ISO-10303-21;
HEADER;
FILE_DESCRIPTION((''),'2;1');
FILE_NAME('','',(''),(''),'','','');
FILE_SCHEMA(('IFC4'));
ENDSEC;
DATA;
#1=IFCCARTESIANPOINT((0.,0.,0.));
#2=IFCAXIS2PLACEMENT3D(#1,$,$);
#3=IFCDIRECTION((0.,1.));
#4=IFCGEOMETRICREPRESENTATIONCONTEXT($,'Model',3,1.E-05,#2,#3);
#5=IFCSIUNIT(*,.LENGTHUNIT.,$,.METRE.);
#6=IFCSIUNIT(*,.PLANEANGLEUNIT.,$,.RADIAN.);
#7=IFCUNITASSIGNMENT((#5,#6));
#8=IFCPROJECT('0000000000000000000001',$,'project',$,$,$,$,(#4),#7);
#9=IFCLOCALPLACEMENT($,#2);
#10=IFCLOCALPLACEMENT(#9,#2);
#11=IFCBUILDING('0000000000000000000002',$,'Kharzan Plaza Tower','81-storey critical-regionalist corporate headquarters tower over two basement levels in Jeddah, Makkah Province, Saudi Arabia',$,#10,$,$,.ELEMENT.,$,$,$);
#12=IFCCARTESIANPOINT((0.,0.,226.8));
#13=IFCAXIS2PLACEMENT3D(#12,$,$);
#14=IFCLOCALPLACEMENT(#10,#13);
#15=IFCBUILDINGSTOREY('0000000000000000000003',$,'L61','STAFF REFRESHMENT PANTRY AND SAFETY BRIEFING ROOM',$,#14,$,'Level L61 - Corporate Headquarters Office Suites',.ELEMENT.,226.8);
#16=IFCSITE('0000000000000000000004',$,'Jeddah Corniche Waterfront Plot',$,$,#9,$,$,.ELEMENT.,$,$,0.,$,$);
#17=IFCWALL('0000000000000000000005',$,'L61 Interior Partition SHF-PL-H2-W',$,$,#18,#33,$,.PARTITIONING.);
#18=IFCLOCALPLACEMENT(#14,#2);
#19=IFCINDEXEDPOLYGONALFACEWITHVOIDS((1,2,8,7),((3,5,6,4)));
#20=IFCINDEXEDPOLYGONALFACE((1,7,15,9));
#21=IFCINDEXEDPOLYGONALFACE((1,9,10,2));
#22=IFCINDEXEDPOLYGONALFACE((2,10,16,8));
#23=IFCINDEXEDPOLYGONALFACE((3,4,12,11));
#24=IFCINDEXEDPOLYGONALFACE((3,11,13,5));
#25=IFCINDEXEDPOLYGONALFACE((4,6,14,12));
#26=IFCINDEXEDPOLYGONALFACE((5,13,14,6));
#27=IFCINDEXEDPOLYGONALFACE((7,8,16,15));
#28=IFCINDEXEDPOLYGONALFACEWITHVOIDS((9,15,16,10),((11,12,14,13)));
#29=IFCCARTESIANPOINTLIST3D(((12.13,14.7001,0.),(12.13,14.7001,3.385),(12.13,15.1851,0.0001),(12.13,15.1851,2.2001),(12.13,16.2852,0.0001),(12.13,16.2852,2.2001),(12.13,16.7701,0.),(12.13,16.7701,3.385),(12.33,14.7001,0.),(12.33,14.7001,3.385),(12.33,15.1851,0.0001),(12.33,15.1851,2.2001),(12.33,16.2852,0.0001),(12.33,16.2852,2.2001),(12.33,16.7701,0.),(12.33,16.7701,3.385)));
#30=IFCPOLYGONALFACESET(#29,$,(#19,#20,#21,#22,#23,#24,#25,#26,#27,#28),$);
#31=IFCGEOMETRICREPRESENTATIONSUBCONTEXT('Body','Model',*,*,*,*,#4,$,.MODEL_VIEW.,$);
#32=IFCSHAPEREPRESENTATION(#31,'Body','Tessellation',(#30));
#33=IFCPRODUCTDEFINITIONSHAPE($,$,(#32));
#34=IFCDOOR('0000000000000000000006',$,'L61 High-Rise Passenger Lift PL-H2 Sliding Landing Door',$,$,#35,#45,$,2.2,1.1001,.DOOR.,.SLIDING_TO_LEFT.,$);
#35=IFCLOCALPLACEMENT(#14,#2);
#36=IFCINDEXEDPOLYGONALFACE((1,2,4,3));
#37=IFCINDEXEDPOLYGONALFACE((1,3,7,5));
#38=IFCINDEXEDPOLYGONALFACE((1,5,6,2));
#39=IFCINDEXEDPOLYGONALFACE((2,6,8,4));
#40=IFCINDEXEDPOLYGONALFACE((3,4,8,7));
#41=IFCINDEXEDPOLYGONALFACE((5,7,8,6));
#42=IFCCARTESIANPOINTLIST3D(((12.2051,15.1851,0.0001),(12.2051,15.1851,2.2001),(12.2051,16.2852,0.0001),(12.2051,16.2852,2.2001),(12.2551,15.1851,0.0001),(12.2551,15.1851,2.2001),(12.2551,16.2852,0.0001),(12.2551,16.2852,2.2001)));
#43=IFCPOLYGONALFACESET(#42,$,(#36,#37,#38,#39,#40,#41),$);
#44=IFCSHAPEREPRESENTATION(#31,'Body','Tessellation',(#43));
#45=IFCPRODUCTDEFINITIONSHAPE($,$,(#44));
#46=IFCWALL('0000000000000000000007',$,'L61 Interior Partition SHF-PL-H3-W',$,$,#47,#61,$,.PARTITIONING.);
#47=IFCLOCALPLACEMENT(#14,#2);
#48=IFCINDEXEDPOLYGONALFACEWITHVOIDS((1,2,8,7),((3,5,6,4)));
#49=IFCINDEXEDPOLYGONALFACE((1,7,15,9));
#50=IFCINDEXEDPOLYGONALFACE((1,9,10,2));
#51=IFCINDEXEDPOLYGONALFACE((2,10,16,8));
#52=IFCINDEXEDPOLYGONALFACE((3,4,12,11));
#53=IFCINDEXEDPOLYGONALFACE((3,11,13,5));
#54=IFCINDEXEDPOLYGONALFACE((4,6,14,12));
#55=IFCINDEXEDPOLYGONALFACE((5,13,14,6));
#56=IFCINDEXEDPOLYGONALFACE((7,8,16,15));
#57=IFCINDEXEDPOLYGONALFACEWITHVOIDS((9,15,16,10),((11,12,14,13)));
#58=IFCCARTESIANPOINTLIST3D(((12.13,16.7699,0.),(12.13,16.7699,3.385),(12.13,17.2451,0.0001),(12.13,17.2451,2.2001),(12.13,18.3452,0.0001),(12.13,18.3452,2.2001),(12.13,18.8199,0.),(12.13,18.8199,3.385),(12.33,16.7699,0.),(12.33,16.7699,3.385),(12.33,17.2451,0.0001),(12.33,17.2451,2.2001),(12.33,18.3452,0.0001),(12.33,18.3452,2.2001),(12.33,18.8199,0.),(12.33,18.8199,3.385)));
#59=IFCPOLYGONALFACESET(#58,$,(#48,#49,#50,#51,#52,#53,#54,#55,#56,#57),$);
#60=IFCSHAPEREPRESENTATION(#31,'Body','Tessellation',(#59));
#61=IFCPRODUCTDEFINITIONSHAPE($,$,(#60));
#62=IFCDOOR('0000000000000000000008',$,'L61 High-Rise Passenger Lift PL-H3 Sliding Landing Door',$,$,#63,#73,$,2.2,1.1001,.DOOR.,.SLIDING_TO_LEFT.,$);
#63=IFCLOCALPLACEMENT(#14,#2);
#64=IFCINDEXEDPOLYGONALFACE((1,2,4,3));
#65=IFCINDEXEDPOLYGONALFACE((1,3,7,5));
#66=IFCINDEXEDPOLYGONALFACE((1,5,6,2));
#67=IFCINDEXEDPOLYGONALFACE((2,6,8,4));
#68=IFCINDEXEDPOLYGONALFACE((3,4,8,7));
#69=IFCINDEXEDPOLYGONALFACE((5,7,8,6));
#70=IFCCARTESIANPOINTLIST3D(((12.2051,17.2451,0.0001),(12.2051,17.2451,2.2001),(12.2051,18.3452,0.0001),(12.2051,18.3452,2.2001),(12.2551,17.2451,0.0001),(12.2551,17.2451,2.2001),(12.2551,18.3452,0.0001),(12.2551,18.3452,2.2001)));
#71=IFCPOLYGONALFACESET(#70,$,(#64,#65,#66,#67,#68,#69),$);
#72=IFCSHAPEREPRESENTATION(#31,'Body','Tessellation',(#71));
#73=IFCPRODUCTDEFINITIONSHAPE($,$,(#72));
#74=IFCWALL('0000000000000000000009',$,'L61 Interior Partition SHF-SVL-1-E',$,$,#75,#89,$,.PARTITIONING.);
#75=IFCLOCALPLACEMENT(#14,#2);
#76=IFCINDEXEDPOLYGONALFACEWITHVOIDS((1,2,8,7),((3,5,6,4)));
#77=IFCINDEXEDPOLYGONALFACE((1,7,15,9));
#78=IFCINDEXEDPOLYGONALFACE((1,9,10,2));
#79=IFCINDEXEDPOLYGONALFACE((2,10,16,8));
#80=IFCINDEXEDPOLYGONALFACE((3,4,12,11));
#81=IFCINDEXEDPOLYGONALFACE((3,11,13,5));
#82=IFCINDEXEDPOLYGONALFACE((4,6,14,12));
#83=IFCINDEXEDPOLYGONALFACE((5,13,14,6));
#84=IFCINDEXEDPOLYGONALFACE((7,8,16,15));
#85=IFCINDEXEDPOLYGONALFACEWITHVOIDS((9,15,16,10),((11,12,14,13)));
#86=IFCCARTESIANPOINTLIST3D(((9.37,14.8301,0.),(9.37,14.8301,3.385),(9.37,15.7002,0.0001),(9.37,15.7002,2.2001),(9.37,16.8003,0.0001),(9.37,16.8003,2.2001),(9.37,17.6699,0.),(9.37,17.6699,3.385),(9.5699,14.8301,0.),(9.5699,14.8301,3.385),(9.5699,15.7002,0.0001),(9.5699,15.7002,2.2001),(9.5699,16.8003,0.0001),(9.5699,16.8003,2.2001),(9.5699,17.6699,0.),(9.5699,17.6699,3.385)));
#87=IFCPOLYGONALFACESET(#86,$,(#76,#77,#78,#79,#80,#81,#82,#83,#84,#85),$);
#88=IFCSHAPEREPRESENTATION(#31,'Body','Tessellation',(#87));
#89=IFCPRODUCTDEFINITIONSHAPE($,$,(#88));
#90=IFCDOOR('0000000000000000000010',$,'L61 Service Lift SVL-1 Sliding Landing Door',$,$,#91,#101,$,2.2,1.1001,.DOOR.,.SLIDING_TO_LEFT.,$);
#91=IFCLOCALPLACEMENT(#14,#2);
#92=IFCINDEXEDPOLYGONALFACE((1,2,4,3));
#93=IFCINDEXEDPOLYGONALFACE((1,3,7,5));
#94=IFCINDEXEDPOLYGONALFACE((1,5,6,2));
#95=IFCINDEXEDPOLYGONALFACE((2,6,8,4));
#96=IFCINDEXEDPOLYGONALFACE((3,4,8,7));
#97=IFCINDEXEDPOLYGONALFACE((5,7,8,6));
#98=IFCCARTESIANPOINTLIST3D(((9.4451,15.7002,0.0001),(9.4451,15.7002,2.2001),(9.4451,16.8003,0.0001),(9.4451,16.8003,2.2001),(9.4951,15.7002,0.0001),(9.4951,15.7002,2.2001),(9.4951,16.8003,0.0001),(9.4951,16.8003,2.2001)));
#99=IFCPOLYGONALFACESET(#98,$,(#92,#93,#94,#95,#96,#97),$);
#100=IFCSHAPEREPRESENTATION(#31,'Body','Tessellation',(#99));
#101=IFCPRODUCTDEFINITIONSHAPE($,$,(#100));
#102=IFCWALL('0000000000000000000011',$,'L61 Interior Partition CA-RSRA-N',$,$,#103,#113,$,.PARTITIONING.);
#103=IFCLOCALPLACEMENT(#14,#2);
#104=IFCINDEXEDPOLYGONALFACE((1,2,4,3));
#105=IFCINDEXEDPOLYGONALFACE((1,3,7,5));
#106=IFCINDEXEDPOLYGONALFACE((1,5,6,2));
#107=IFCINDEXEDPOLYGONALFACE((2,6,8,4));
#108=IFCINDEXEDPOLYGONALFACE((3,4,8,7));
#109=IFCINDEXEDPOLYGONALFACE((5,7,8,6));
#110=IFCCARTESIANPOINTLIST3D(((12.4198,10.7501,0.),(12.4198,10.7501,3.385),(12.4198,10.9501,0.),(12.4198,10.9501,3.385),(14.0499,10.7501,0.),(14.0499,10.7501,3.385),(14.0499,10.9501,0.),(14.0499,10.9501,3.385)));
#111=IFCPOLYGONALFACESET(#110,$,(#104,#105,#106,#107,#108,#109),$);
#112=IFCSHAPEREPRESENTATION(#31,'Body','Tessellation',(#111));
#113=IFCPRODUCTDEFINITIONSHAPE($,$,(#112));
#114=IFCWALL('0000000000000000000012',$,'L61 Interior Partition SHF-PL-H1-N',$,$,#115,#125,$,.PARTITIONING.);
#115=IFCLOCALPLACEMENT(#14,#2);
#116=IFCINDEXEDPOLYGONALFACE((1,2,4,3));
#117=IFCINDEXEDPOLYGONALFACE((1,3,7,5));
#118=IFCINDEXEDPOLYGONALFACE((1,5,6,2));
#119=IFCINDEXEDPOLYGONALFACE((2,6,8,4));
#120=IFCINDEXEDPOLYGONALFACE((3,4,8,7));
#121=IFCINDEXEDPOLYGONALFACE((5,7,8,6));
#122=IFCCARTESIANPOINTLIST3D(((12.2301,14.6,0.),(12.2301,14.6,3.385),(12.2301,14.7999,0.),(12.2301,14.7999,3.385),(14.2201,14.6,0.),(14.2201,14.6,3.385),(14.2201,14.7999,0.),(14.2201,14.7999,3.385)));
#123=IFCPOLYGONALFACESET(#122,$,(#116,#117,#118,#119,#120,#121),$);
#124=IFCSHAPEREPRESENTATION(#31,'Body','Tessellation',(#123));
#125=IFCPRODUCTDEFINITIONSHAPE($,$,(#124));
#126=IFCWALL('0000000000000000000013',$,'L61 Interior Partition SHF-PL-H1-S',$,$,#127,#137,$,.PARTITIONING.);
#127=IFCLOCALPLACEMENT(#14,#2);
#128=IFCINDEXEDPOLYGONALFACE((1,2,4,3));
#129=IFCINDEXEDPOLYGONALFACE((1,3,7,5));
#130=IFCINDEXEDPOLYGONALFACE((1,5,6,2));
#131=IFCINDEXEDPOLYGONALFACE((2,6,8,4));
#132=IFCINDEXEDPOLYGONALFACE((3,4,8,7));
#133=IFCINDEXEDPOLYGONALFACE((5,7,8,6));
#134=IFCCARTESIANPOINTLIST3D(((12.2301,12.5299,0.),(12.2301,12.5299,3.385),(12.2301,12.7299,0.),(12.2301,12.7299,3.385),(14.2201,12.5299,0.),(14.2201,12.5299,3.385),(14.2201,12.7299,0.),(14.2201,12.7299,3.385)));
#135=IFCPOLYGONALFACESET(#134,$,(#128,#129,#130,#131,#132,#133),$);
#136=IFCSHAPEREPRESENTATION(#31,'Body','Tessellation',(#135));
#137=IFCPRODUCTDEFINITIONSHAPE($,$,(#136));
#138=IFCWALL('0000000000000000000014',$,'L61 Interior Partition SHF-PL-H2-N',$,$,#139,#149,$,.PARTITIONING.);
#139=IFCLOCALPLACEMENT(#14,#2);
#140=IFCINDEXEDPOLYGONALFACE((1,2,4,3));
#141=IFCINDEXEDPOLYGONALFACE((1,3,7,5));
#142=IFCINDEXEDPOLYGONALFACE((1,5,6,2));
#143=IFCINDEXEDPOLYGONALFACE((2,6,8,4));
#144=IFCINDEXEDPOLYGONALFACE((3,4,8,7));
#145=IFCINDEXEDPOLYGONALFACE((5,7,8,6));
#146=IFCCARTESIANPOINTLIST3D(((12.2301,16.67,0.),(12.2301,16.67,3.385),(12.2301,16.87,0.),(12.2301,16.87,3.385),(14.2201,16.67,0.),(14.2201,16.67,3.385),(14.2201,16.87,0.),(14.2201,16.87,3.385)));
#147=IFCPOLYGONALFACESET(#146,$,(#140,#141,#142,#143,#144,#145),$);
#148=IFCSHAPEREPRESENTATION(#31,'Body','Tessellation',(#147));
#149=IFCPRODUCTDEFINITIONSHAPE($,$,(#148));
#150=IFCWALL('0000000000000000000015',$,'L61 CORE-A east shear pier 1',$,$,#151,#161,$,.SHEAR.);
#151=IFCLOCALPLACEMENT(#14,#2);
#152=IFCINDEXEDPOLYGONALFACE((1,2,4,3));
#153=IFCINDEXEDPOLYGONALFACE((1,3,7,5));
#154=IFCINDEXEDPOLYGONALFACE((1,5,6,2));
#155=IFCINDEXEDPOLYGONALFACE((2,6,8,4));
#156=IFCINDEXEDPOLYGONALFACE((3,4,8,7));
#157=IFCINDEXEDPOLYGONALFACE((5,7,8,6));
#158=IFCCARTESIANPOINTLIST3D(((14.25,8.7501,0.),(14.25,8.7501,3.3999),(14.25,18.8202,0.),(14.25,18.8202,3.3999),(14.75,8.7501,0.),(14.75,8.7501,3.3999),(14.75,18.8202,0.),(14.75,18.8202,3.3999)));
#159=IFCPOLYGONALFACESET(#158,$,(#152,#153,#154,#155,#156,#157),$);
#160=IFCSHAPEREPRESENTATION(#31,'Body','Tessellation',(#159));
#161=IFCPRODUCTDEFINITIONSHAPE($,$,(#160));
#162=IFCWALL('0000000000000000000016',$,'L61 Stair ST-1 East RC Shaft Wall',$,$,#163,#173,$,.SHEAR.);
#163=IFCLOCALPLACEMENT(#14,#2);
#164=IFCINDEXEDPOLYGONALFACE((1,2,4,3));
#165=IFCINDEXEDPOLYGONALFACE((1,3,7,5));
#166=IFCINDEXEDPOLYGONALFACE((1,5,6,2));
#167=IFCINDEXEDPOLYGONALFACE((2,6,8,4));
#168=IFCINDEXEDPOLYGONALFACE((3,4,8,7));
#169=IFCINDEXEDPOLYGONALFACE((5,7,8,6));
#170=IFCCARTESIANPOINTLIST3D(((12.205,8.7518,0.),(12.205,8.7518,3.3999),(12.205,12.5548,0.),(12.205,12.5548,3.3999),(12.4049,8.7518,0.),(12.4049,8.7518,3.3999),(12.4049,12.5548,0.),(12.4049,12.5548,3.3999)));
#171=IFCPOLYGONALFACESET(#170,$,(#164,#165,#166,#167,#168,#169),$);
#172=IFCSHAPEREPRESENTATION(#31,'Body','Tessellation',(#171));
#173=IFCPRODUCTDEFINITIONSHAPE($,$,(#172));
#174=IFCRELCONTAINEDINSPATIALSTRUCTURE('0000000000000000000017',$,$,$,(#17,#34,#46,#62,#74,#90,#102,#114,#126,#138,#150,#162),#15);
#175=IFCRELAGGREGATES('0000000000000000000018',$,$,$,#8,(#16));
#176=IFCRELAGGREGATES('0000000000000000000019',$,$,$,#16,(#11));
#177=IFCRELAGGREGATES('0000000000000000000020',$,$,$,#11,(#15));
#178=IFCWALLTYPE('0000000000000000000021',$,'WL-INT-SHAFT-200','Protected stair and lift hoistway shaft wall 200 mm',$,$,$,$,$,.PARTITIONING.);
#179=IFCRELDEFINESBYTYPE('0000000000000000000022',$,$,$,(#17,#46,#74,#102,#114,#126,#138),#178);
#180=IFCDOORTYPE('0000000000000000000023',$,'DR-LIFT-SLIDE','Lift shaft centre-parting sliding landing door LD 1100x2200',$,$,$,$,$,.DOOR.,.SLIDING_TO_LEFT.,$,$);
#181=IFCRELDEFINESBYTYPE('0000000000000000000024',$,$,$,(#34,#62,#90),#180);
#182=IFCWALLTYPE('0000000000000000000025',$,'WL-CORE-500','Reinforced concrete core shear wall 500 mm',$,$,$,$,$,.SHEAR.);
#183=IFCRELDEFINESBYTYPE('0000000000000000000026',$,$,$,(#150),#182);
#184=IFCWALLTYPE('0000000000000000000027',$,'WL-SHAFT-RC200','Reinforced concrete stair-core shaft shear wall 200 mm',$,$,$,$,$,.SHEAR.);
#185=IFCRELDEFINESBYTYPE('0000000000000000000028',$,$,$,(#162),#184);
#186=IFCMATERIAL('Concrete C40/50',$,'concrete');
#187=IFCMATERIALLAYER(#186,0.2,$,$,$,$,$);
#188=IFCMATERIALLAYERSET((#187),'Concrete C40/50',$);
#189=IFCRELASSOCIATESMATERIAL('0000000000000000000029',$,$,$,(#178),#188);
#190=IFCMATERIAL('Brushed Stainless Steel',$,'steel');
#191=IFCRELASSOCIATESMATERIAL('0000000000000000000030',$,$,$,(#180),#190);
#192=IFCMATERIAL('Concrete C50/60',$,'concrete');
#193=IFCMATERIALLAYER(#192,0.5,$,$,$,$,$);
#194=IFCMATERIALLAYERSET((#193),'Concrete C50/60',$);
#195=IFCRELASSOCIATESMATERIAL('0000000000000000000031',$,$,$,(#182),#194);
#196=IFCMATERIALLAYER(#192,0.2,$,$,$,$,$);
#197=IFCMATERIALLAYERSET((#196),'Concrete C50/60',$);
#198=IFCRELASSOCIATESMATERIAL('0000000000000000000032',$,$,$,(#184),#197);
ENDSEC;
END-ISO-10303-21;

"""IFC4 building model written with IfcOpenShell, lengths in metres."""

from ifc_helpers import new_model, si_unit, direction, frame, frame_2d, origin, place, context, subcontext, project, spatial, rectangle, extrude, source, transform, mapped, material, layer, layer_set, type_object, element, fill, save


model = new_model("IFC4")

# Units and contexts
model_context = context("Model", 3, precision=1e-05, world=origin(), true_north=direction((0.0, 1.0)))
body_context = subcontext(model_context, "Body", "Model", "MODEL_VIEW")
ifc_project = project(units=[si_unit("LENGTHUNIT", "METRE"), si_unit("PLANEANGLEUNIT", "RADIAN")], contexts=[model_context])

# Site, building, storey
site_placement = place(None, origin())
site = spatial("IfcSite", under=ifc_project, at=site_placement, Name="Jeddah Corniche Waterfront Plot", CompositionType="ELEMENT", RefElevation=0.0)
building_placement = place(site_placement, origin())
building = spatial("IfcBuilding", under=site, at=building_placement, Name="Kharzan Plaza Tower", Description="81-storey critical-regionalist corporate headquarters tower over two basement levels in Jeddah, Makkah Province, Saudi Arabia", CompositionType="ELEMENT")
storey_placement = place(building_placement, frame((0.0, 0.0, 226.8)))
storey = spatial("IfcBuildingStorey", under=building, at=storey_placement, Name="L61", Description="STAFF REFRESHMENT PANTRY AND SAFETY BRIEFING ROOM", LongName="Level L61 - Corporate Headquarters Office Suites", CompositionType="ELEMENT", Elevation=226.8)

# Walls, openings, doors
ifc_material_1 = material(Name="Concrete C40/50", Category="concrete")
ifc_layer_1 = layer(ifc_material_1, 0.2)
ifc_layer_set_1 = layer_set([ifc_layer_1], Name="Concrete C40/50")
wall_type_1 = type_object("IfcWallType", Name="WL-INT-SHAFT-200", Description="Protected stair and lift hoistway shaft wall 200 mm", PredefinedType="PARTITIONING", material=ifc_layer_set_1)
ifc_material_2 = material(Name="Brushed Stainless Steel", Category="steel")
door_type_1 = type_object("IfcDoorType", Name="DR-LIFT-SLIDE", Description="Lift shaft centre-parting sliding landing door LD 1100x2200", OperationType="SLIDING_TO_LEFT", PredefinedType="DOOR", material=ifc_material_2)
shared_shape_1 = source(origin(), body_context, "Body", "SweptSolid", [
    extrude(rectangle(XDim=1.1001, YDim=2.2, at=frame_2d((0.55, 1.1001))), frame((0.0, 0.0249, 0.0), z_axis=(0.0, -1.0, 0.0), x_axis=(1.0, 0.0, 0.0)), (0.0, 0.0, 1.0), 0.05),
])
wall_1_placement = place(storey_placement, frame((12.23, 14.7, 0.0), z_axis=(0.0, 0.0, 1.0), x_axis=(0.0, 1.0, 0.0)))
wall_1 = element("IfcWall", 1, at=wall_1_placement, inside=storey, type_object=wall_type_1, Name="L61 Interior Partition SHF-PL-H2-W", PredefinedType="PARTITIONING", context=body_context, shape_type="SweptSolid", body=[
    extrude(rectangle(XDim=2.0701, YDim=0.2, at=frame_2d((1.0352, 0.0))), origin(), (0.0, 0.0, 1.0), 3.385),
])
opening_1_placement = place(wall_1_placement, frame((0.4851, 0.0, 0.0)))
opening_1 = element("IfcOpeningElement", 2, at=opening_1_placement, cuts=wall_1, PredefinedType="OPENING", context=body_context, shape_type="SweptSolid", body=[
    extrude(rectangle(XDim=1.1001, YDim=2.2, at=frame_2d((0.55, 1.1001))), frame((0.0, 0.1099, 0.0), z_axis=(0.0, -1.0, 0.0), x_axis=(1.0, 0.0, 0.0)), (0.0, 0.0, 1.0), 0.22),
])
door_1_placement = place(opening_1_placement, origin())
door_1 = element("IfcDoor", 3, at=door_1_placement, inside=storey, type_object=door_type_1, Name="L61 High-Rise Passenger Lift PL-H2 Sliding Landing Door", OperationType="SLIDING_TO_LEFT", OverallHeight=2.2, OverallWidth=1.1001, PredefinedType="DOOR", context=body_context, shape_type="MappedRepresentation", body=[
    mapped(shared_shape_1, transform((0.0, 0.0, 0.0), x_axis=(1.0, 0.0, 0.0), y_axis=(0.0, 1.0, 0.0), z_axis=(0.0, 0.0, 1.0))),
])
fill(opening_1, door_1)
wall_2_placement = place(storey_placement, frame((12.23, 16.77, 0.0), z_axis=(0.0, 0.0, 1.0), x_axis=(0.0, 1.0, 0.0)))
wall_2 = element("IfcWall", 4, at=wall_2_placement, inside=storey, type_object=wall_type_1, Name="L61 Interior Partition SHF-PL-H3-W", PredefinedType="PARTITIONING", context=body_context, shape_type="SweptSolid", body=[
    extrude(rectangle(XDim=2.05, YDim=0.2, at=frame_2d((1.0249, 0.0))), origin(), (0.0, 0.0, 1.0), 3.385),
])
opening_2_placement = place(wall_2_placement, frame((0.4751, 0.0, 0.0)))
opening_2 = element("IfcOpeningElement", 5, at=opening_2_placement, cuts=wall_2, PredefinedType="OPENING", context=body_context, shape_type="SweptSolid", body=[
    extrude(rectangle(XDim=1.1001, YDim=2.2, at=frame_2d((0.55, 1.1001))), frame((0.0, 0.1099, 0.0), z_axis=(0.0, -1.0, 0.0), x_axis=(1.0, 0.0, 0.0)), (0.0, 0.0, 1.0), 0.22),
])
door_2_placement = place(opening_2_placement, origin())
door_2 = element("IfcDoor", 6, at=door_2_placement, inside=storey, type_object=door_type_1, Name="L61 High-Rise Passenger Lift PL-H3 Sliding Landing Door", OperationType="SLIDING_TO_LEFT", OverallHeight=2.2, OverallWidth=1.1001, PredefinedType="DOOR", context=body_context, shape_type="MappedRepresentation", body=[
    mapped(shared_shape_1, transform((0.0, 0.0, 0.0), x_axis=(1.0, 0.0, 0.0), y_axis=(0.0, 1.0, 0.0), z_axis=(0.0, 0.0, 1.0))),
])
fill(opening_2, door_2)
wall_3_placement = place(storey_placement, frame((9.47, 14.8301, 0.0), z_axis=(0.0, 0.0, 1.0), x_axis=(0.0, 1.0, 0.0)))
wall_3 = element("IfcWall", 7, at=wall_3_placement, inside=storey, type_object=wall_type_1, Name="L61 Interior Partition SHF-SVL-1-E", PredefinedType="PARTITIONING", context=body_context, shape_type="SweptSolid", body=[
    extrude(rectangle(XDim=2.8398, YDim=0.2, at=frame_2d((1.4199, 0.0))), origin(), (0.0, 0.0, 1.0), 3.385),
])
opening_3_placement = place(wall_3_placement, frame((0.8701, 0.0, 0.0)))
opening_3 = element("IfcOpeningElement", 8, at=opening_3_placement, cuts=wall_3, PredefinedType="OPENING", context=body_context, shape_type="SweptSolid", body=[
    extrude(rectangle(XDim=1.1001, YDim=2.2, at=frame_2d((0.55, 1.1001))), frame((0.0, 0.1099, 0.0), z_axis=(0.0, -1.0, 0.0), x_axis=(1.0, 0.0, 0.0)), (0.0, 0.0, 1.0), 0.22),
])
door_3_placement = place(opening_3_placement, origin())
door_3 = element("IfcDoor", 9, at=door_3_placement, inside=storey, type_object=door_type_1, Name="L61 Service Lift SVL-1 Sliding Landing Door", OperationType="SLIDING_TO_LEFT", OverallHeight=2.2, OverallWidth=1.1001, PredefinedType="DOOR", context=body_context, shape_type="MappedRepresentation", body=[
    mapped(shared_shape_1, transform((0.0, 0.0, 0.0), x_axis=(1.0, 0.0, 0.0), y_axis=(0.0, 1.0, 0.0), z_axis=(0.0, 0.0, 1.0))),
])
fill(opening_3, door_3)

# Walls
shared_shape_2 = source(origin(), body_context, "Body", "SweptSolid", [
    extrude(rectangle(XDim=1.6301, YDim=0.2, at=frame_2d((0.8149, 0.0))), origin(), (0.0, 0.0, 1.0), 3.385),
])
wall_4_placement = place(storey_placement, frame((12.4199, 10.8501, 0.0), z_axis=(0.0, 0.0, 1.0), x_axis=(1.0, 0.0, 0.0)))
element("IfcWall", 10, at=wall_4_placement, inside=storey, type_object=wall_type_1, Name="L61 Interior Partition CA-RSRA-N", PredefinedType="PARTITIONING", context=body_context, shape_type="MappedRepresentation", body=[
    mapped(shared_shape_2, transform((0.0, 0.0, 0.0), x_axis=(1.0, 0.0, 0.0), y_axis=(0.0, 1.0, 0.0), z_axis=(0.0, 0.0, 1.0))),
])
shared_shape_3 = source(origin(), body_context, "Body", "SweptSolid", [
    extrude(rectangle(XDim=1.99, YDim=0.2, at=frame_2d((0.9951, 0.0))), origin(), (0.0, 0.0, 1.0), 3.385),
])
for number, where, z_axis, x_axis, name in (
    (11, (12.23, 14.7, 0.0), (0.0, 0.0, 1.0), (1.0, 0.0, 0.0), "L61 Interior Partition SHF-PL-H1-N"),
    (12, (12.23, 12.6299, 0.0), (0.0, 0.0, 1.0), (1.0, 0.0, 0.0), "L61 Interior Partition SHF-PL-H1-S"),
    (13, (12.23, 16.77, 0.0), (0.0, 0.0, 1.0), (1.0, 0.0, 0.0), "L61 Interior Partition SHF-PL-H2-N"),
):
    element("IfcWall", number, at=place(storey_placement, frame(where, z_axis=z_axis, x_axis=x_axis)), inside=storey, type_object=wall_type_1, Name=name, PredefinedType="PARTITIONING", context=body_context, shape_type="MappedRepresentation", body=[
        mapped(shared_shape_3, transform((0.0, 0.0, 0.0), x_axis=(1.0, 0.0, 0.0), y_axis=(0.0, 1.0, 0.0), z_axis=(0.0, 0.0, 1.0))),
    ])
ifc_material_3 = material(Name="Concrete C50/60", Category="concrete")
ifc_layer_2 = layer(ifc_material_3, 0.5)
ifc_layer_set_2 = layer_set([ifc_layer_2], Name="Concrete C50/60")
wall_type_2 = type_object("IfcWallType", Name="WL-CORE-500", Description="Reinforced concrete core shear wall 500 mm", PredefinedType="SHEAR", material=ifc_layer_set_2)
shared_shape_4 = source(origin(), body_context, "Body", "SweptSolid", [
    extrude(rectangle(XDim=10.0701, YDim=0.5, at=frame_2d((5.0352, 0.0))), origin(), (0.0, 0.0, 1.0), 3.3999),
])
wall_5_placement = place(storey_placement, frame((14.5, 8.75, 0.0), z_axis=(0.0, 0.0, 1.0), x_axis=(0.0, 1.0, 0.0)))
element("IfcWall", 14, at=wall_5_placement, inside=storey, type_object=wall_type_2, Name="L61 CORE-A east shear pier 1", PredefinedType="SHEAR", context=body_context, shape_type="MappedRepresentation", body=[
    mapped(shared_shape_4, transform((0.0, 0.0, 0.0), x_axis=(1.0, 0.0, 0.0), y_axis=(0.0, 1.0, 0.0), z_axis=(0.0, 0.0, 1.0))),
])
ifc_layer_3 = layer(ifc_material_3, 0.2)
ifc_layer_set_3 = layer_set([ifc_layer_3], Name="Concrete C50/60")
wall_type_3 = type_object("IfcWallType", Name="WL-SHAFT-RC200", Description="Reinforced concrete stair-core shaft shear wall 200 mm", PredefinedType="SHEAR", material=ifc_layer_set_3)
shared_shape_5 = source(origin(), body_context, "Body", "SweptSolid", [
    extrude(rectangle(XDim=3.803, YDim=0.2, at=frame_2d((1.9014, 0.0))), origin(), (0.0, 0.0, 1.0), 3.3999),
])
wall_6_placement = place(storey_placement, frame((12.3049, 8.752, 0.0), z_axis=(0.0, 0.0, 1.0), x_axis=(0.0, 1.0, 0.0)))
element("IfcWall", 15, at=wall_6_placement, inside=storey, type_object=wall_type_3, Name="L61 Stair ST-1 East RC Shaft Wall", PredefinedType="SHEAR", context=body_context, shape_type="MappedRepresentation", body=[
    mapped(shared_shape_5, transform((0.0, 0.0, 0.0), x_axis=(1.0, 0.0, 0.0), y_axis=(0.0, 1.0, 0.0), z_axis=(0.0, 0.0, 1.0))),
])

save(model, "model.ifc")
